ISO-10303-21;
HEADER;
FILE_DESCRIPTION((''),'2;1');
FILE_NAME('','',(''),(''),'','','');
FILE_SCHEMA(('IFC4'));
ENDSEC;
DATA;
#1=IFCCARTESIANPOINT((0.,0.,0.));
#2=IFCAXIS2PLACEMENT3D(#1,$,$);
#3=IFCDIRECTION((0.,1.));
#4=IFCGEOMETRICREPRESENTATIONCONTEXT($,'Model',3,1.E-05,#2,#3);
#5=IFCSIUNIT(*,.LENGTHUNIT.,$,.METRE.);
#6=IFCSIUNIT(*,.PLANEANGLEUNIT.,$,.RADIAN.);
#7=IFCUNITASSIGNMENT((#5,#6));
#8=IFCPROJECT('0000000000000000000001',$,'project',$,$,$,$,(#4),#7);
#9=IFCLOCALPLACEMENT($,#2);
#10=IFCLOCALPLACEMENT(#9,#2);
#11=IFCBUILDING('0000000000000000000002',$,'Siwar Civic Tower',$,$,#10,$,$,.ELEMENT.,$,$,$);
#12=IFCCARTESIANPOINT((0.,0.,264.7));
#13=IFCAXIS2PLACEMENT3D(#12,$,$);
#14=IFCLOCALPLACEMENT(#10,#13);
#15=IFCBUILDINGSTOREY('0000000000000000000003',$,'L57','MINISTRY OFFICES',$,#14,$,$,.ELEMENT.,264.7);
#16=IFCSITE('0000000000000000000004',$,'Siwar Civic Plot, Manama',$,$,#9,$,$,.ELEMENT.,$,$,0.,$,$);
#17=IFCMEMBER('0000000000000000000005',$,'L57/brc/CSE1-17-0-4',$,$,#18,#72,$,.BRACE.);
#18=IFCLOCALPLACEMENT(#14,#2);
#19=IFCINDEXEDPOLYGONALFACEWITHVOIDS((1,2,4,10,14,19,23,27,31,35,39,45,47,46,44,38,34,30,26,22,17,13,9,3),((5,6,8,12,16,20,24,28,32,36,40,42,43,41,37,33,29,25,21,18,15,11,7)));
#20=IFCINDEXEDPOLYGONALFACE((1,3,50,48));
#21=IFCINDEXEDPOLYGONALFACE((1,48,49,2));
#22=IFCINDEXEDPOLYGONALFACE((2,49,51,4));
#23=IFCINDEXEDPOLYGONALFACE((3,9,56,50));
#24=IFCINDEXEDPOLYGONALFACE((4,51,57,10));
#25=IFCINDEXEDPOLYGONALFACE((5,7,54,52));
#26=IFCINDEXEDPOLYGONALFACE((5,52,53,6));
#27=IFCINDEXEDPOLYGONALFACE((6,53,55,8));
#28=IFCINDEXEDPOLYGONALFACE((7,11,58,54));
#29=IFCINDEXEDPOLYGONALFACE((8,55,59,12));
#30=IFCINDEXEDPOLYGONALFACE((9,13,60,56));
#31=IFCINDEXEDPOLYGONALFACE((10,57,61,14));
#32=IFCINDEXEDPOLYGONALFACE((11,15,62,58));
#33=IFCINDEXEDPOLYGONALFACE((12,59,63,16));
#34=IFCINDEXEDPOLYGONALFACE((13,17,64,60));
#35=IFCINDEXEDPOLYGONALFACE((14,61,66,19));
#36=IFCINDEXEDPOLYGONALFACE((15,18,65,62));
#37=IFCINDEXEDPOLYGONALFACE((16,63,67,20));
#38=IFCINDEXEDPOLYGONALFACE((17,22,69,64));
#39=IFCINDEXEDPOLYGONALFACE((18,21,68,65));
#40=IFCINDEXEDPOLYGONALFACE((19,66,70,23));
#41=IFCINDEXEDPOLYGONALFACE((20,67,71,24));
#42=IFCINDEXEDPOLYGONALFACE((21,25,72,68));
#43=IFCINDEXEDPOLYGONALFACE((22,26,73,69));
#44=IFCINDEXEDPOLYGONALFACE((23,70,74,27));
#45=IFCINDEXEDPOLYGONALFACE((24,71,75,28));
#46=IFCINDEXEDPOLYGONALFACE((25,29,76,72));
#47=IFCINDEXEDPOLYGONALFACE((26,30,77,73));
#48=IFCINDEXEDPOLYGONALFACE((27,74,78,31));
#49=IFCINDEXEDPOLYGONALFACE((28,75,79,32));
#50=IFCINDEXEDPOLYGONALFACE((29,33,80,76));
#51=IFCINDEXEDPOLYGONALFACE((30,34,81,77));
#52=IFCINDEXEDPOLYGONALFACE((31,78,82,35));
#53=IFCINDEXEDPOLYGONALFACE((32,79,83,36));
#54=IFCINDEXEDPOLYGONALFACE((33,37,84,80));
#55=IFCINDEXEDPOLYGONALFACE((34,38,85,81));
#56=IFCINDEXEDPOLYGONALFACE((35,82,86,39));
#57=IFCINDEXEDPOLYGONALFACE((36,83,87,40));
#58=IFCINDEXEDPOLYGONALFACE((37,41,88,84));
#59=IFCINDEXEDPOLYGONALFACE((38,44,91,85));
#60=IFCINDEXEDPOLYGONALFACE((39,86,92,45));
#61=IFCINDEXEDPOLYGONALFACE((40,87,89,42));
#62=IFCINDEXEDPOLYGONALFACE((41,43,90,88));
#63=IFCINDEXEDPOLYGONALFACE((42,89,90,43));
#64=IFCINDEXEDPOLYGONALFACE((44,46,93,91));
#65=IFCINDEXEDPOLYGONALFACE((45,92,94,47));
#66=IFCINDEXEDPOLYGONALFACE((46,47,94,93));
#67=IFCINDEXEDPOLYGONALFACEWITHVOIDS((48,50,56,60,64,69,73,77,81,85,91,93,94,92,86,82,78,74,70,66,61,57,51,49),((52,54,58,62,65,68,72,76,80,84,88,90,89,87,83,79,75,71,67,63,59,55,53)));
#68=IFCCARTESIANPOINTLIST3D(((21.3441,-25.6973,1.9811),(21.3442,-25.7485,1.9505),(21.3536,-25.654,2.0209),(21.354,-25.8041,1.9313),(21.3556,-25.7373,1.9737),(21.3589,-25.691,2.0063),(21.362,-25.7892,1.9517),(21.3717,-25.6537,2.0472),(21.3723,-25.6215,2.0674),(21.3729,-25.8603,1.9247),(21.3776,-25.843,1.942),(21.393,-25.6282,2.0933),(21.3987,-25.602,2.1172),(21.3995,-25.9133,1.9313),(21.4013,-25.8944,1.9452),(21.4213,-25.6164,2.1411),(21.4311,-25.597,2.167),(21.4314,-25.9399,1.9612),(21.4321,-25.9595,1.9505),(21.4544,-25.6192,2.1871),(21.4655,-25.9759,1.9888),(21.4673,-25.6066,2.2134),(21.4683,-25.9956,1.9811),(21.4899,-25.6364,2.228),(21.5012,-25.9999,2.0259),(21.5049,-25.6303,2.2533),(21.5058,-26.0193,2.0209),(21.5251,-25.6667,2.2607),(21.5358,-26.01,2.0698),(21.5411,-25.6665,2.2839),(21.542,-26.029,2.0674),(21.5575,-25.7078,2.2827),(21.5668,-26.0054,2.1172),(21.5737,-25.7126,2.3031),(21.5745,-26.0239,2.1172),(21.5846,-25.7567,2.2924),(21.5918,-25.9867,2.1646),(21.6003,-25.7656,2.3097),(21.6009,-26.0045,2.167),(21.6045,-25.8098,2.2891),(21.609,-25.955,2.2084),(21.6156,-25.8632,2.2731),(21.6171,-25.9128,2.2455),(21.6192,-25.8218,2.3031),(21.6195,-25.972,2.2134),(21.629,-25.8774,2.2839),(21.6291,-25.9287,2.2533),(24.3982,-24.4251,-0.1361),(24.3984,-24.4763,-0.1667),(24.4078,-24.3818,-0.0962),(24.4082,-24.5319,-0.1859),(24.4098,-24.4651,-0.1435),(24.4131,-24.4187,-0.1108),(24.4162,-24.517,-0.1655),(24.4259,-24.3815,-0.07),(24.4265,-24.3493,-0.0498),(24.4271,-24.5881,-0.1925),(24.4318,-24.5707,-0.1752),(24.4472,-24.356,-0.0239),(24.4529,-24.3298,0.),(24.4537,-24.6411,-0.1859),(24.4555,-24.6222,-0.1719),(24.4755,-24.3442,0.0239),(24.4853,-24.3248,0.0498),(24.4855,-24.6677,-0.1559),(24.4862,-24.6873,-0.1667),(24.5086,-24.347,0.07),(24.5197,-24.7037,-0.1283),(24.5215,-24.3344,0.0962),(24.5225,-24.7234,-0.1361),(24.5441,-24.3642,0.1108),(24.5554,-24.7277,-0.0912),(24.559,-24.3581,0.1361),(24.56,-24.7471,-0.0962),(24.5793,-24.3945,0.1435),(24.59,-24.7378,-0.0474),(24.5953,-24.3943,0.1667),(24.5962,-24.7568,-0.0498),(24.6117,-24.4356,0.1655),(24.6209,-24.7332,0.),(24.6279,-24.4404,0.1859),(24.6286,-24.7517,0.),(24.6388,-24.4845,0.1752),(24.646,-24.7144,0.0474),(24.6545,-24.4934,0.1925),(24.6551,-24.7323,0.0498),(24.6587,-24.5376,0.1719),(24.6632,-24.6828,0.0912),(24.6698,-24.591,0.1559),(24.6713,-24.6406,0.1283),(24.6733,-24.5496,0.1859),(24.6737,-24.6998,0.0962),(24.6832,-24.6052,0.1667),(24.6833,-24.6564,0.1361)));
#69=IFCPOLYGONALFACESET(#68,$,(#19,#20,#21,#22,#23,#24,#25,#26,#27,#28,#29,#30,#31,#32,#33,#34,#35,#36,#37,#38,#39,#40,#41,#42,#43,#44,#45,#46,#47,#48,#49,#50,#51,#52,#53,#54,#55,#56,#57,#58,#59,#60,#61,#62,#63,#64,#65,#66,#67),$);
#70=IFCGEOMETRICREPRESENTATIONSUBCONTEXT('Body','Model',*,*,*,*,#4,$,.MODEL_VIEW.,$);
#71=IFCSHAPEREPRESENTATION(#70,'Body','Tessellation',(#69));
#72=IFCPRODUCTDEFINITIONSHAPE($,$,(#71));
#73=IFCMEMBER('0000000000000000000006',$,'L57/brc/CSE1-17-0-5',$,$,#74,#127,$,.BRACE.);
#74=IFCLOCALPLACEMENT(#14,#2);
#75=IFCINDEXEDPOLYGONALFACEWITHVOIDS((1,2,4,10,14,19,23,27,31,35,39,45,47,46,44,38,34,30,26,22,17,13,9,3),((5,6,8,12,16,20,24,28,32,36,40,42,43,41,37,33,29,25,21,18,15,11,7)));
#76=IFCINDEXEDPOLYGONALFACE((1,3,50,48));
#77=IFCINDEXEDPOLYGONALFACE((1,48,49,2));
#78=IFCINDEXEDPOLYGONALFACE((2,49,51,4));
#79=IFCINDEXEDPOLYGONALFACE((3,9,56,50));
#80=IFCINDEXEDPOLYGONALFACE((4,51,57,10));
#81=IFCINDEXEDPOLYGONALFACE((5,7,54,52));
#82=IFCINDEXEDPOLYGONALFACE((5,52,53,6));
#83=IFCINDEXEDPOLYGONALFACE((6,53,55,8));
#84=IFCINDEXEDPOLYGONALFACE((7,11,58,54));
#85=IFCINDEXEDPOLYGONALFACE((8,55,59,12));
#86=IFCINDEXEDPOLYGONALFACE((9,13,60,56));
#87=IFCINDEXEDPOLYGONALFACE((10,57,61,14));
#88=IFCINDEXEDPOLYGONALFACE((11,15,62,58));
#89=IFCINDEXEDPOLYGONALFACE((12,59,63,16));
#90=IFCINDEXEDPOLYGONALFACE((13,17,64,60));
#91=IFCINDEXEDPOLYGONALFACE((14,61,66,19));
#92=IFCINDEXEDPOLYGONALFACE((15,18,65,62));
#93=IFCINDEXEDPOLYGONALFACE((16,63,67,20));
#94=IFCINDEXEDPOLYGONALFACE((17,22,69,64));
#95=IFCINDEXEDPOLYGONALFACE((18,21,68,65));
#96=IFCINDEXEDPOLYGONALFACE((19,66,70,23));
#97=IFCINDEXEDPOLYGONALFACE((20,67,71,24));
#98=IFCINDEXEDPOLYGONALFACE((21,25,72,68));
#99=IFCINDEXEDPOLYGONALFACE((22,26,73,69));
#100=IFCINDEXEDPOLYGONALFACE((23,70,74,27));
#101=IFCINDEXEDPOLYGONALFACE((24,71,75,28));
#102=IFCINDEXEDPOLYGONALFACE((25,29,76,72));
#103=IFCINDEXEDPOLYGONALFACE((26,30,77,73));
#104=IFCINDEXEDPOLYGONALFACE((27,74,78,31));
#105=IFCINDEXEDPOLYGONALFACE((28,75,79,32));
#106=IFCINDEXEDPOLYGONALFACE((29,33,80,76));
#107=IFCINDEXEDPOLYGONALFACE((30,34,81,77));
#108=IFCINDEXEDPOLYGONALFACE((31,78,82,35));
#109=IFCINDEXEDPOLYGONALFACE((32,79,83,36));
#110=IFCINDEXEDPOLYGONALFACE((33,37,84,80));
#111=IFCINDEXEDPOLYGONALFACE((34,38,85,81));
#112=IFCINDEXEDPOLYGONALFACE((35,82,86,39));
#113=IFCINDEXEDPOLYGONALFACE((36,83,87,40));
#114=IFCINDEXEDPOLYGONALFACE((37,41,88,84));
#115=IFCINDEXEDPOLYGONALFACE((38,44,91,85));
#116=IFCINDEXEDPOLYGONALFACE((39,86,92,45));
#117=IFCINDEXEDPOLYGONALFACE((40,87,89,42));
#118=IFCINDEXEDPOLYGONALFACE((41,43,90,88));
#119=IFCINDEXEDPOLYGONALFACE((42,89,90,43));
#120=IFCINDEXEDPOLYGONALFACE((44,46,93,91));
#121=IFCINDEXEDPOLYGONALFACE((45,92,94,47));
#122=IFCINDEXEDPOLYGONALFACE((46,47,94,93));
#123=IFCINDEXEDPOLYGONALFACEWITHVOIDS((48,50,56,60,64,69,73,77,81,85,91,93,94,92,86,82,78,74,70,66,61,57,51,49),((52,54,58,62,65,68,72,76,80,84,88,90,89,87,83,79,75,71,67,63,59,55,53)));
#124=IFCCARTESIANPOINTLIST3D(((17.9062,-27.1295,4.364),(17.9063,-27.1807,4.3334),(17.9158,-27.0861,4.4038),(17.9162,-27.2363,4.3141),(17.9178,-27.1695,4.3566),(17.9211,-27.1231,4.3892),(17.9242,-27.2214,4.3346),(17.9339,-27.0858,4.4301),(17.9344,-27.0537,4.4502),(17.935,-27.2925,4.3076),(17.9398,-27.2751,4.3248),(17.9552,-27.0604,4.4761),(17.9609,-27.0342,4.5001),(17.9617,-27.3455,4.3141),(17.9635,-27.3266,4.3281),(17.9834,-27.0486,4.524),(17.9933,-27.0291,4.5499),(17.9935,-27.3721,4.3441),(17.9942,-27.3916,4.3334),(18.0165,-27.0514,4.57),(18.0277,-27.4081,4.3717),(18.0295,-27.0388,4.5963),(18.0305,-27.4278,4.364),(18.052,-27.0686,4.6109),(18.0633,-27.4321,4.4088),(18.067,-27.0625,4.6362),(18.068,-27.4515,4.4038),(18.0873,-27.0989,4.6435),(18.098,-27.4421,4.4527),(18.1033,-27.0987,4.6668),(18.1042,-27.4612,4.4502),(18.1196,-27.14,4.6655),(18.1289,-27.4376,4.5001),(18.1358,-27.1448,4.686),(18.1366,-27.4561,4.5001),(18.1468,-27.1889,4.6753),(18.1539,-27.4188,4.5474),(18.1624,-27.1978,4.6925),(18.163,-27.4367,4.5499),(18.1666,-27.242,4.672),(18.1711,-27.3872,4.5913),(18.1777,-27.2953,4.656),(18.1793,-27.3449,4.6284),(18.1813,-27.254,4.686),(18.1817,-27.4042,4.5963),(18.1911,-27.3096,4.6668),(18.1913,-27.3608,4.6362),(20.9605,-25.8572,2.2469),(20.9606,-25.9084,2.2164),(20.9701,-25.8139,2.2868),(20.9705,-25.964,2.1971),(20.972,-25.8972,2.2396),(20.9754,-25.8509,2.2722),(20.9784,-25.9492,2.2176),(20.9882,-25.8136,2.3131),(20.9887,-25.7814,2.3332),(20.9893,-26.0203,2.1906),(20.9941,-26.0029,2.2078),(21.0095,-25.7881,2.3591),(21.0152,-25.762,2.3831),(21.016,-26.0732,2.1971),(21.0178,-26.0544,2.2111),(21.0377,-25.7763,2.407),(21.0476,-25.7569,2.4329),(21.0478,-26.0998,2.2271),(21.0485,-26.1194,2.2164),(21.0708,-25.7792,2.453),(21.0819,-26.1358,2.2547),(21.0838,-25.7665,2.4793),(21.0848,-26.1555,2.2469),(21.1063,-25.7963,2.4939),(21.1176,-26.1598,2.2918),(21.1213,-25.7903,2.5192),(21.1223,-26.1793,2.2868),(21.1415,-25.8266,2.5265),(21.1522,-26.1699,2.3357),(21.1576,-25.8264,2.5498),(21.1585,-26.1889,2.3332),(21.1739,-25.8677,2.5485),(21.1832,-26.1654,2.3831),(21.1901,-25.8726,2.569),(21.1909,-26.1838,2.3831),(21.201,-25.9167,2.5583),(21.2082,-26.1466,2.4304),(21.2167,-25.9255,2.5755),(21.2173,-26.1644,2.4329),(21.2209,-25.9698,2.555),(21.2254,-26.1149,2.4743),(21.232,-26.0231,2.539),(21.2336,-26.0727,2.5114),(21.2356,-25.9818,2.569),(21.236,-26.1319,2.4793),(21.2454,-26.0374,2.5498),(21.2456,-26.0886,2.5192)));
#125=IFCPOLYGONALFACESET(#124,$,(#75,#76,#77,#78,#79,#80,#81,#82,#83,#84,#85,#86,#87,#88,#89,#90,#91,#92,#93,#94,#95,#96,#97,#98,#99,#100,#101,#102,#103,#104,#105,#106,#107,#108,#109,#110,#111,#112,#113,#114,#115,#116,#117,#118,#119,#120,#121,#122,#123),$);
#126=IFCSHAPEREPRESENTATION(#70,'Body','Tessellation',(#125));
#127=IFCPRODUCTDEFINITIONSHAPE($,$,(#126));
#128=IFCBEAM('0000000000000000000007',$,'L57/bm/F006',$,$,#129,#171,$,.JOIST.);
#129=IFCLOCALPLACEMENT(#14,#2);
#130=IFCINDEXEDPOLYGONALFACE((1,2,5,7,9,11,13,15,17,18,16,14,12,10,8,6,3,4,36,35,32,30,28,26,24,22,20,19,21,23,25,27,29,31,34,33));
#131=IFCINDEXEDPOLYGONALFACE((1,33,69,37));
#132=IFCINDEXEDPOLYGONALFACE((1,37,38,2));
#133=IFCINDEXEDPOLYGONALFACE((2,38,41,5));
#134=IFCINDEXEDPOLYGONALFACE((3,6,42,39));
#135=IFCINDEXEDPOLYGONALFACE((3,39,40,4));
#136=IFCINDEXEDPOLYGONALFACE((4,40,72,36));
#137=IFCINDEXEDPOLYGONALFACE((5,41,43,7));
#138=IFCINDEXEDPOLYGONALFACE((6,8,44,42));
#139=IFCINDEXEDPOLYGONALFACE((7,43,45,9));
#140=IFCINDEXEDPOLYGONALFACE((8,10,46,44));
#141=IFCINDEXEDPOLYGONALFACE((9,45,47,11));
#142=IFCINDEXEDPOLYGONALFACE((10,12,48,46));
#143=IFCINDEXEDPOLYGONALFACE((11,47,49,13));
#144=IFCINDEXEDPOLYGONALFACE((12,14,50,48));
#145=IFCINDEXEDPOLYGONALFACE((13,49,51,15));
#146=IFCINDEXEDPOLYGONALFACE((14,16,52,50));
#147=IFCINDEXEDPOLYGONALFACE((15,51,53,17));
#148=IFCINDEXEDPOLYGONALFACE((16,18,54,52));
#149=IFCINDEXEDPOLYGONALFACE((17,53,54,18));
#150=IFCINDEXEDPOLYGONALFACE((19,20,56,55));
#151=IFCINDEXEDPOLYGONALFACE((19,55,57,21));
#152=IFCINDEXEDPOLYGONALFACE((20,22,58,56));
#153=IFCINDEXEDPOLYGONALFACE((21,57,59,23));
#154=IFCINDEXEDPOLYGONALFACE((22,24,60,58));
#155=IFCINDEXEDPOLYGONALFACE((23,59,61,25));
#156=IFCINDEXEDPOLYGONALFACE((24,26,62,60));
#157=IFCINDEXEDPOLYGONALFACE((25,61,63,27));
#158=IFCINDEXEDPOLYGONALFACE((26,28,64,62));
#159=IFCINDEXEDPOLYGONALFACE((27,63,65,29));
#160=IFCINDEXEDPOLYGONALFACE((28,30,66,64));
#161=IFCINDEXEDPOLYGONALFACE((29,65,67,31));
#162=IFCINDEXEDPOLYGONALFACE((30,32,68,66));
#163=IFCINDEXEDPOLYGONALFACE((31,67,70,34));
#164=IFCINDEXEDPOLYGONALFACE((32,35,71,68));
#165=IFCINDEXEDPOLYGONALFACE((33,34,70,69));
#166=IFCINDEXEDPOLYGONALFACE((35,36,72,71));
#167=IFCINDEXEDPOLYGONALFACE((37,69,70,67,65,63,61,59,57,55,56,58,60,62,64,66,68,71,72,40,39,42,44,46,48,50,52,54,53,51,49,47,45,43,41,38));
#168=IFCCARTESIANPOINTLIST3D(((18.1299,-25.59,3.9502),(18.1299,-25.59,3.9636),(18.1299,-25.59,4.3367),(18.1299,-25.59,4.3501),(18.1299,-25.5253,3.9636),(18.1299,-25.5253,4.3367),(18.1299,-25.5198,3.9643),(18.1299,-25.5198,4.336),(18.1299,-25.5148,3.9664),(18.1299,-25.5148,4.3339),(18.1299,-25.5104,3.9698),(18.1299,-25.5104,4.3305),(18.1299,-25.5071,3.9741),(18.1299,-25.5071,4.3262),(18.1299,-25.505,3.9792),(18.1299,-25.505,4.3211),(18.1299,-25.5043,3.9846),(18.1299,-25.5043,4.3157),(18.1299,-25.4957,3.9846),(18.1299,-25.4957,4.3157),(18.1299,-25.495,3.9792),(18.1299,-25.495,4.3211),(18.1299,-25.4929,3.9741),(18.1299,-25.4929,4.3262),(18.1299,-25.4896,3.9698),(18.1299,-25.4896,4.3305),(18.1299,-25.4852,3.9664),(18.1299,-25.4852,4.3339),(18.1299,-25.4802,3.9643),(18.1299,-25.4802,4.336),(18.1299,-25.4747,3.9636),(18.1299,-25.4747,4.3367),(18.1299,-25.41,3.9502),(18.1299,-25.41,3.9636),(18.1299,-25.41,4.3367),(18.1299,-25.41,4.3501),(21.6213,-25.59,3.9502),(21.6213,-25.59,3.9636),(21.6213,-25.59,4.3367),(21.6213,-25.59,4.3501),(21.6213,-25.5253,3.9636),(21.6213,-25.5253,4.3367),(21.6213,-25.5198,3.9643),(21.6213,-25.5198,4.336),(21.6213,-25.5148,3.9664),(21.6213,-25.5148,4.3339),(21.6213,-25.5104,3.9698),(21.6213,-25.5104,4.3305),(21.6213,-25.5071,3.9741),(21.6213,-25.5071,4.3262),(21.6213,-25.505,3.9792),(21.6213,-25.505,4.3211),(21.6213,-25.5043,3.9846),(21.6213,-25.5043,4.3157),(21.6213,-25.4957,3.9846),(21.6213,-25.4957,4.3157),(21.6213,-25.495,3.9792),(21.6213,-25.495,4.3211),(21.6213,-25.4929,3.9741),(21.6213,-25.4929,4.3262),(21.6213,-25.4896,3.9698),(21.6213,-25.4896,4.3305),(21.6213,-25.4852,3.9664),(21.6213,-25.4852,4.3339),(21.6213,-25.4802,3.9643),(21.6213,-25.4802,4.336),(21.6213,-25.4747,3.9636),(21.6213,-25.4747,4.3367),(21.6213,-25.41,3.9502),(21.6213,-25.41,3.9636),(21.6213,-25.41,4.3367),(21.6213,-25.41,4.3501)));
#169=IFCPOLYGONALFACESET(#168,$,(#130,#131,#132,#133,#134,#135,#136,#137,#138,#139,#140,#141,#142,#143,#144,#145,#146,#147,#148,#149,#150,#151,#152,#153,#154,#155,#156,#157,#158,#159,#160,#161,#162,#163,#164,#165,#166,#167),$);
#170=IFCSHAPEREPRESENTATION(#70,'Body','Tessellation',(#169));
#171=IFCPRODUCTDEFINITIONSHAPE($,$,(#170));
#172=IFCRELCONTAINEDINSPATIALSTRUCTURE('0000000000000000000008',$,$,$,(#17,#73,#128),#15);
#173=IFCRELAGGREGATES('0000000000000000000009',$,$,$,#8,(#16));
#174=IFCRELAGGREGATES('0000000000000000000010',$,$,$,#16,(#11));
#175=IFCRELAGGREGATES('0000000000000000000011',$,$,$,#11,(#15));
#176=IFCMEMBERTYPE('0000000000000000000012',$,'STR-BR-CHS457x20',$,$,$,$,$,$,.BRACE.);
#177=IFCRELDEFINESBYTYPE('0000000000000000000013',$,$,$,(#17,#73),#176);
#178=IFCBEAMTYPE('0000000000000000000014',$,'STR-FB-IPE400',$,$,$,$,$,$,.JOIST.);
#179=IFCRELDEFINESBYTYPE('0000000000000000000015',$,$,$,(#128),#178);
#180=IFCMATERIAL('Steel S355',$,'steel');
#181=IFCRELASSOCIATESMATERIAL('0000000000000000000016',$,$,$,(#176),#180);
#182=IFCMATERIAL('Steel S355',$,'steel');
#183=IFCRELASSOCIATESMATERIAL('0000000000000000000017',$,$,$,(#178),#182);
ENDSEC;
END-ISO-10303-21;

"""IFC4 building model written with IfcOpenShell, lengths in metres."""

from ifc_helpers import new_model, si_unit, direction, frame, origin, origin_2d, place, context, subcontext, project, spatial, hollow_circle, i_section, extrude, material, material_profile, profile_set, type_object, element, save


model = new_model("IFC4")

# Units and contexts
model_context = context("Model", 3, precision=1e-05, world=origin(), true_north=direction((0.0, 1.0)))
body_context = subcontext(model_context, "Body", "Model", "MODEL_VIEW")
ifc_project = project(units=[si_unit("LENGTHUNIT", "METRE"), si_unit("PLANEANGLEUNIT", "RADIAN")], contexts=[model_context])

# Site, building, storey
site_placement = place(None, origin())
site = spatial("IfcSite", under=ifc_project, at=site_placement, Name="Siwar Civic Plot, Manama", CompositionType="ELEMENT", RefElevation=0.0)
building_placement = place(site_placement, origin())
building = spatial("IfcBuilding", under=site, at=building_placement, Name="Siwar Civic Tower", CompositionType="ELEMENT")
storey_placement = place(building_placement, frame((0.0, 0.0, 264.7)))
storey = spatial("IfcBuildingStorey", under=building, at=storey_placement, Name="L57", Description="MINISTRY OFFICES", CompositionType="ELEMENT", Elevation=264.7)

# Members
ifc_material_1 = material(Name="Steel S355", Category="steel")
ifc_material_profile_1 = material_profile(ifc_material_1, hollow_circle(Radius=0.2285, WallThickness=0.02, at=origin_2d()), Name="CHS457x20")
ifc_profile_set_1 = profile_set([ifc_material_profile_1], Name="Steel S355")
member_type_1 = type_object("IfcMemberType", Name="STR-BR-CHS457x20", PredefinedType="BRACE", material=ifc_profile_set_1)
for number, where, z_axis, x_axis, name in (
    (1, (24.5408, -24.5408, 0.0), (-0.777546, -0.323884, 0.538999), (0.384521, -0.923116, 0.0), "L57/brc/CSE1-17-0-4"),
    (2, (21.103, -25.9729, 2.3831), (-0.777572, -0.323895, 0.538955), (0.384521, -0.923116, 0.0), "L57/brc/CSE1-17-0-5"),
):
    element("IfcMember", number, at=place(storey_placement, frame(where, z_axis=z_axis, x_axis=x_axis)), inside=storey, type_object=member_type_1, Name=name, PredefinedType="BRACE", context=body_context, shape_type="SweptSolid", body=[
        extrude(hollow_circle(Radius=0.2285, WallThickness=0.02, at=origin_2d()), origin(), (0.0, 0.0, 1.0), 3.928),
    ])

# Beam
ifc_material_2 = material(Name="Steel S355", Category="steel")
ifc_material_profile_2 = material_profile(ifc_material_2, i_section(OverallWidth=0.1799, OverallDepth=0.3999, WebThickness=0.0085, FlangeThickness=0.0134, FilletRadius=0.021, at=origin_2d()), Name="IPE400")
ifc_profile_set_2 = profile_set([ifc_material_profile_2], Name="Steel S355")
beam_type_1 = type_object("IfcBeamType", Name="STR-FB-IPE400", PredefinedType="JOIST", material=ifc_profile_set_2)
beam_1_placement = place(storey_placement, frame((18.1299, -25.5, 4.1501), z_axis=(1.0, 0.0, 0.0), x_axis=(0.0, 1.0, 0.0)))
element("IfcBeam", 3, at=beam_1_placement, inside=storey, type_object=beam_type_1, Name="L57/bm/F006", PredefinedType="JOIST", context=body_context, shape_type="SweptSolid", body=[
    extrude(i_section(OverallWidth=0.1799, OverallDepth=0.3999, WebThickness=0.0085, FlangeThickness=0.0134, FilletRadius=0.021, at=origin_2d()), origin(), (0.0, 0.0, 1.0), 3.4915),
])

save(model, "model.ifc")
